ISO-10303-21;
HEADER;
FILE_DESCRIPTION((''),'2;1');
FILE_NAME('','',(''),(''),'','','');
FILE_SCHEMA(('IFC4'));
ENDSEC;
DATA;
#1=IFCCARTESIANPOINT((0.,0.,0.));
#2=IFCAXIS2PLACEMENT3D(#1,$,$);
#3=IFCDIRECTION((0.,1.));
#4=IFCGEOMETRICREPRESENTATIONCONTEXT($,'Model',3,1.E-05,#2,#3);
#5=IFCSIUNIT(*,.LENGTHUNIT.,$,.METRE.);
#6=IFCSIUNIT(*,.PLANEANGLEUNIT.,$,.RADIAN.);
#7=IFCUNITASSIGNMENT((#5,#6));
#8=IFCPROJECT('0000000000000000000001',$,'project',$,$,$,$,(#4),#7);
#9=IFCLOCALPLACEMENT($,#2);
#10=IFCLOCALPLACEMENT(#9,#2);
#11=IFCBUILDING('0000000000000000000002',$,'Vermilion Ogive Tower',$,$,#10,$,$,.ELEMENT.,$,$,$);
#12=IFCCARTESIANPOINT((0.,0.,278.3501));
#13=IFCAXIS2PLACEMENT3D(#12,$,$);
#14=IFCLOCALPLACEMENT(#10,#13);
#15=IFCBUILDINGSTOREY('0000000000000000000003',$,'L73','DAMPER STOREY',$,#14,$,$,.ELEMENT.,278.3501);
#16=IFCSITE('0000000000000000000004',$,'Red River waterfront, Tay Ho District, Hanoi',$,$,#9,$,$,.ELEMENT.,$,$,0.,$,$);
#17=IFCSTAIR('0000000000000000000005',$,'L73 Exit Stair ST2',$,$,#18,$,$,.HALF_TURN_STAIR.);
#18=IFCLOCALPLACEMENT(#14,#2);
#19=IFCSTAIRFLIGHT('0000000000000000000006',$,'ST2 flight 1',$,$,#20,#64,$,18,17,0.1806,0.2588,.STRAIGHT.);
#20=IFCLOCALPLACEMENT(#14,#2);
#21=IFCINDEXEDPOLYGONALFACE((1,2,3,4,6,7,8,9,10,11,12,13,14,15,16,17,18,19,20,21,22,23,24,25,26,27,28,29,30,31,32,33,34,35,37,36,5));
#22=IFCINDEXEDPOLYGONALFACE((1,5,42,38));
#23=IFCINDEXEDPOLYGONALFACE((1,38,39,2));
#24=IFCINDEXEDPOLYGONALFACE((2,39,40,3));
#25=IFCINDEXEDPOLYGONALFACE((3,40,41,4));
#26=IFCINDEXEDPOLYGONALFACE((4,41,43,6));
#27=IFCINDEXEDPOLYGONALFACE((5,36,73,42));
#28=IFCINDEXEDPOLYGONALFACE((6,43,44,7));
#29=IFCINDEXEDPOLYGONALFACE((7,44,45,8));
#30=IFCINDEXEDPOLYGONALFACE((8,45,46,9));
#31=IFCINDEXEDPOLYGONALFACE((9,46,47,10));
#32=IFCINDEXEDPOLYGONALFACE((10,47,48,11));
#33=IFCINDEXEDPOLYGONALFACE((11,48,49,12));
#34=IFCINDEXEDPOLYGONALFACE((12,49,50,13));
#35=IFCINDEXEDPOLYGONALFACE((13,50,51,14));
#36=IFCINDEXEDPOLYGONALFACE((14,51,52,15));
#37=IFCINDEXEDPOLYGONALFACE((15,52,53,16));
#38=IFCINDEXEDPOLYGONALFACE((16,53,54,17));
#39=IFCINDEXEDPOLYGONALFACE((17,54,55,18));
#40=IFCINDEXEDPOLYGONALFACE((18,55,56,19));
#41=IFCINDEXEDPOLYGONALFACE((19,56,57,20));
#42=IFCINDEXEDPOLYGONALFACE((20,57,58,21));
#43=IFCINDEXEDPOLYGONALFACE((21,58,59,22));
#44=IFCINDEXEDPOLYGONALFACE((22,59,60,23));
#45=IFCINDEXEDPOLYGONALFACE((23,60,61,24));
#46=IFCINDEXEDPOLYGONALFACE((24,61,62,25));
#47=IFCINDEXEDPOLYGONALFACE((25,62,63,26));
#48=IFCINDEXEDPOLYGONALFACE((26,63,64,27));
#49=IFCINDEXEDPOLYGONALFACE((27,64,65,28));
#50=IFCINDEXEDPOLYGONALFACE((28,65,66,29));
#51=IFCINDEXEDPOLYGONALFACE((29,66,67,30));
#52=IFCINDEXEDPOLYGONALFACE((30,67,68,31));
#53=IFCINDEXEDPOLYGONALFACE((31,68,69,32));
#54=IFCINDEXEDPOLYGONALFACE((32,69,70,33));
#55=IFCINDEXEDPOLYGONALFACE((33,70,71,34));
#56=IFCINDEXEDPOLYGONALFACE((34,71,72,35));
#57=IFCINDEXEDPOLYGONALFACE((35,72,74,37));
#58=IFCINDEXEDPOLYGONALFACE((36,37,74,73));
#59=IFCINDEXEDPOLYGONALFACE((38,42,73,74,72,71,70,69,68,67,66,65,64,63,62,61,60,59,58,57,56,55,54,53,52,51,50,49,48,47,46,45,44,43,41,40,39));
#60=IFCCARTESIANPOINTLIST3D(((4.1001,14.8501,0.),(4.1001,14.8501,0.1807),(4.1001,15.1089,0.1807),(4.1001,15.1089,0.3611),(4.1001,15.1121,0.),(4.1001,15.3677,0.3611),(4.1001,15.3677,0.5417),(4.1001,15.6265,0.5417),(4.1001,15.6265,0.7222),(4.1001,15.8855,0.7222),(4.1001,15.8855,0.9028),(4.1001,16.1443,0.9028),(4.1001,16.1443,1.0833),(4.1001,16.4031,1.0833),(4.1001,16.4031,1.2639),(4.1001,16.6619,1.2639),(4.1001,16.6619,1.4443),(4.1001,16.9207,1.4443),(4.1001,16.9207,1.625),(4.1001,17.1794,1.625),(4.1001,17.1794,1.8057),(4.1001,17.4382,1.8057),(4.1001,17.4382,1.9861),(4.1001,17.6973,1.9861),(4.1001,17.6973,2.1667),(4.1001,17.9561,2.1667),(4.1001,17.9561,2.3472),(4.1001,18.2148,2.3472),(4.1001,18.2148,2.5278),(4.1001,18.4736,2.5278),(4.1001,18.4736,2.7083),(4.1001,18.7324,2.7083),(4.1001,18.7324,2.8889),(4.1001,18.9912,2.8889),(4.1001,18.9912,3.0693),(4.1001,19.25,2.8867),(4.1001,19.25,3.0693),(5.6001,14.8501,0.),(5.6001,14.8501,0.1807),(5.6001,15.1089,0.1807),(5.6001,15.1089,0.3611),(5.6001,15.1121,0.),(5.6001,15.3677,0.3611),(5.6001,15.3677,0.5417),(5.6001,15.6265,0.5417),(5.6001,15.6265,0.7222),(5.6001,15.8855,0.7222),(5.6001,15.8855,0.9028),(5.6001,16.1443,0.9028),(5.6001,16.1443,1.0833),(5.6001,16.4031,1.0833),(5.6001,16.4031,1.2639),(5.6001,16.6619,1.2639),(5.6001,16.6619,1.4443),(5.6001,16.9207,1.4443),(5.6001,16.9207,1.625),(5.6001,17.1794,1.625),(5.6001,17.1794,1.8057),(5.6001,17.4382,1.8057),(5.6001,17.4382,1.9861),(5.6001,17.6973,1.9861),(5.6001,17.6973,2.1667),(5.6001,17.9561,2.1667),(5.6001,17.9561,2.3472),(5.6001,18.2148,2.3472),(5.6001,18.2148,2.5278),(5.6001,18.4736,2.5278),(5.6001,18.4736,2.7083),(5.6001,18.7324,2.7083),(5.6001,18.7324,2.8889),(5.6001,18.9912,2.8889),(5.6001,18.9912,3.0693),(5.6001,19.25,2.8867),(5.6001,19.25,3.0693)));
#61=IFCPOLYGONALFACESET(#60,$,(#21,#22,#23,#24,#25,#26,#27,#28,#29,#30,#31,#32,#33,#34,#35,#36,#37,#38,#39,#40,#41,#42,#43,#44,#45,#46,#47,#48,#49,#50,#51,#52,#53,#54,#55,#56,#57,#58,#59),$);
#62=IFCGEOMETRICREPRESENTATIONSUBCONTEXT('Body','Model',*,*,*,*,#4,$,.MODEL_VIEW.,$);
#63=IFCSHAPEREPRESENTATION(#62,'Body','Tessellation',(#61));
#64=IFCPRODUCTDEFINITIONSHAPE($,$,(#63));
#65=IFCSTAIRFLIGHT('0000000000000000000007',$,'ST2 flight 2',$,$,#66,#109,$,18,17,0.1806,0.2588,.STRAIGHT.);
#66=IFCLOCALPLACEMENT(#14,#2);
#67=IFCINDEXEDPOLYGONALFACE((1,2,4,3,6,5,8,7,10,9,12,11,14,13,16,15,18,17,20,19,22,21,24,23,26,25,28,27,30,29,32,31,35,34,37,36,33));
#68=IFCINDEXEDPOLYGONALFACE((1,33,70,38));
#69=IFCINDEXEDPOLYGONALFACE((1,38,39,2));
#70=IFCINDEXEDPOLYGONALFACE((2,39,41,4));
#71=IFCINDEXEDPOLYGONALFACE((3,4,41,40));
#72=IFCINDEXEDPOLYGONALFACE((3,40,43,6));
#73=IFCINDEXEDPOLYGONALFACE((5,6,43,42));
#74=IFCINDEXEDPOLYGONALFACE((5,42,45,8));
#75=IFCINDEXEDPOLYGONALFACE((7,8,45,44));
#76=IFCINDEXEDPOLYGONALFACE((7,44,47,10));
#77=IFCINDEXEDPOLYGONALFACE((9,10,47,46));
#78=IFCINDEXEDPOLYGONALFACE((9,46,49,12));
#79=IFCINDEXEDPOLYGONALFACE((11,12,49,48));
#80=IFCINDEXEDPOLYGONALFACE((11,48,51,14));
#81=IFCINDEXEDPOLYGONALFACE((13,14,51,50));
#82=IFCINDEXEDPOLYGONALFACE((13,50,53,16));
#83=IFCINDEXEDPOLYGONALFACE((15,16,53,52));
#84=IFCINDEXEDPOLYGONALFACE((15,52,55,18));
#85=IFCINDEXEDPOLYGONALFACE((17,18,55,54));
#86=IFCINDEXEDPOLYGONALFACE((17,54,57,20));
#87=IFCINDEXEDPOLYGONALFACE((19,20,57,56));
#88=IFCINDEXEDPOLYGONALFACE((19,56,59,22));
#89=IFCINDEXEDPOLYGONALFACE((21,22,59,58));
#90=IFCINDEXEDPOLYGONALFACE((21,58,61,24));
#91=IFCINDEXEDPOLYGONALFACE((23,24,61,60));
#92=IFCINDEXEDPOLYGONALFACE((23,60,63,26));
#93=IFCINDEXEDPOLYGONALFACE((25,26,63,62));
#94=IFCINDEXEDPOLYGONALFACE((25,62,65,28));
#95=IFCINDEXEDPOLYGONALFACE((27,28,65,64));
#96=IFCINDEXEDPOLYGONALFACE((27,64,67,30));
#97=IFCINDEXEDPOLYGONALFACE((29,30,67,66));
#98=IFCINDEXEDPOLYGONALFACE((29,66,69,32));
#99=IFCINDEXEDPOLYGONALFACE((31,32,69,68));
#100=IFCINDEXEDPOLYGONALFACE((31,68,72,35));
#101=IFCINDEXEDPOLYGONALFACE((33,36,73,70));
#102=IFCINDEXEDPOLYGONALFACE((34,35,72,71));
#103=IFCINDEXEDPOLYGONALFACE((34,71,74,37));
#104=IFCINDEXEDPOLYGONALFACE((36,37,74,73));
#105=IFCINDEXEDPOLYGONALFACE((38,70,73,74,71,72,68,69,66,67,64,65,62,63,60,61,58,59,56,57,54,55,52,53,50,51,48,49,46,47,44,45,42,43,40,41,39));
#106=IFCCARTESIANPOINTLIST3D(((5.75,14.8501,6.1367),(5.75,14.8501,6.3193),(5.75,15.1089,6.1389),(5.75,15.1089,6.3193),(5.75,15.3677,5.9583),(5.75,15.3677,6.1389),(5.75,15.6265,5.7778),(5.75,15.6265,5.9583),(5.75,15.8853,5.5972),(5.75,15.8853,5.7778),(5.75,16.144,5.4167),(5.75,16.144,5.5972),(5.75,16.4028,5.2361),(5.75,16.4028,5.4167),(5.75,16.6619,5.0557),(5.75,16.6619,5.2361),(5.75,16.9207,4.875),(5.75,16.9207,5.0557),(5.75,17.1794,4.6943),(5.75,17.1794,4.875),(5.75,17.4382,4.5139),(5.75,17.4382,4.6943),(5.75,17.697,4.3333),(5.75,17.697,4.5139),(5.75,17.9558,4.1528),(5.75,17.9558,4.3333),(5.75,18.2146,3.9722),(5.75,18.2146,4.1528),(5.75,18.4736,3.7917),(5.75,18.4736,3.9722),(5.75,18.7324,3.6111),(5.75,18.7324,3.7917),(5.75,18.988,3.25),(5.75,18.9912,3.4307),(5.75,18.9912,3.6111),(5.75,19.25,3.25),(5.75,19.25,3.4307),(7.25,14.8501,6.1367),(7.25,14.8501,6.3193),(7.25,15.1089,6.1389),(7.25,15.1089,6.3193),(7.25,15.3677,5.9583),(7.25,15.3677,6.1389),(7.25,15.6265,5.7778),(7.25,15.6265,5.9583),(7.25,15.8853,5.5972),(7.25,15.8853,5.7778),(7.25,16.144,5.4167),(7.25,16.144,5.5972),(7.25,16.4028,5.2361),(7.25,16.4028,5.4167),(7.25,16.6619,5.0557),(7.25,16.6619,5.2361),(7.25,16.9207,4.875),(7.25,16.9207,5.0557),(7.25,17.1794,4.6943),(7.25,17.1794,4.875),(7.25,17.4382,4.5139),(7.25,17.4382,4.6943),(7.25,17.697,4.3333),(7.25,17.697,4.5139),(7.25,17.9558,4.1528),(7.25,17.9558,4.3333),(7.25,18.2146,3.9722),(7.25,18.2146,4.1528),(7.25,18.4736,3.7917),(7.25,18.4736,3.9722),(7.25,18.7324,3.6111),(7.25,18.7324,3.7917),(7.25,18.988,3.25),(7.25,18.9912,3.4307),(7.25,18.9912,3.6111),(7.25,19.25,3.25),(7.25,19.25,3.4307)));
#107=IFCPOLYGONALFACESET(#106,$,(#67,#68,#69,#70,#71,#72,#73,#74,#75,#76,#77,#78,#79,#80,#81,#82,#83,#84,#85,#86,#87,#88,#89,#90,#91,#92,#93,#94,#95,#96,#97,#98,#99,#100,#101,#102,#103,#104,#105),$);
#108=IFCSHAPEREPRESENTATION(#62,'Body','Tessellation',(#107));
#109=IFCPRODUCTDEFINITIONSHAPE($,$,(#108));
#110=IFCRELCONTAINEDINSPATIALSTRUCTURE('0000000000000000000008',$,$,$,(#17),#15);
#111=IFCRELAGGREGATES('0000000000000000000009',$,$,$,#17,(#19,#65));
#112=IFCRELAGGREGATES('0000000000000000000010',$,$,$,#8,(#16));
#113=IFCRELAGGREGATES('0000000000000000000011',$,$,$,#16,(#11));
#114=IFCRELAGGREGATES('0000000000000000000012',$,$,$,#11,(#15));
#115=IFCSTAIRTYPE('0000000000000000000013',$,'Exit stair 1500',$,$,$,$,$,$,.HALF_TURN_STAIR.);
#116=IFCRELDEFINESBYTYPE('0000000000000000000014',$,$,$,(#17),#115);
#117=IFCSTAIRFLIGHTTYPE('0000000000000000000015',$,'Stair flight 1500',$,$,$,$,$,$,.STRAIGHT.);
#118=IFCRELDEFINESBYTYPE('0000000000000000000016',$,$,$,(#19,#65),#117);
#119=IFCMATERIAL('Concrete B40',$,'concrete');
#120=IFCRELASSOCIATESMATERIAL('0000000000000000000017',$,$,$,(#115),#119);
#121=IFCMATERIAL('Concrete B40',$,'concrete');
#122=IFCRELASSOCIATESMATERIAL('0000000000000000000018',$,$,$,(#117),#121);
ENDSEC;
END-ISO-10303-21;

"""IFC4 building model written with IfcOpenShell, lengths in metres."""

from ifc_helpers import new_model, si_unit, direction, frame, origin, place, context, subcontext, project, spatial, polyline, outline, extrude, material, type_object, element, aggregate, save


model = new_model("IFC4")

# Units and contexts
model_context = context("Model", 3, precision=1e-05, world=origin(), true_north=direction((0.0, 1.0)))
body_context = subcontext(model_context, "Body", "Model", "MODEL_VIEW")
ifc_project = project(units=[si_unit("LENGTHUNIT", "METRE"), si_unit("PLANEANGLEUNIT", "RADIAN")], contexts=[model_context])

# Site, building, storey
site_placement = place(None, origin())
site = spatial("IfcSite", under=ifc_project, at=site_placement, Name="Red River waterfront, Tay Ho District, Hanoi", CompositionType="ELEMENT", RefElevation=0.0)
building_placement = place(site_placement, origin())
building = spatial("IfcBuilding", under=site, at=building_placement, Name="Vermilion Ogive Tower", CompositionType="ELEMENT")
storey_placement = place(building_placement, frame((0.0, 0.0, 278.3501)))
storey = spatial("IfcBuildingStorey", under=building, at=storey_placement, Name="L73", Description="DAMPER STOREY", CompositionType="ELEMENT", Elevation=278.3501)

# Stair, stair flights
ifc_material_1 = material(Name="Concrete B40", Category="concrete")
stair_type = type_object("IfcStairType", Name="Exit stair 1500", PredefinedType="HALF_TURN_STAIR", material=ifc_material_1)
stair_placement = place(storey_placement, origin())
stair = element("IfcStair", 1, at=stair_placement, inside=storey, type_object=stair_type, Name="L73 Exit Stair ST2", PredefinedType="HALF_TURN_STAIR")
ifc_material_2 = material(Name="Concrete B40", Category="concrete")
stair_flight_type = type_object("IfcStairFlightType", Name="Stair flight 1500", PredefinedType="STRAIGHT", material=ifc_material_2)
stair_flight_1_placement = place(storey_placement, frame((4.8501, 14.8501, 0.0), z_axis=(0.0, 0.0, 1.0), x_axis=(0.0, 1.0, 0.0)))
stair_flight_1 = element("IfcStairFlight", 2, at=stair_flight_1_placement, type_object=stair_flight_type, Name="ST2 flight 1", NumberOfRisers=18, NumberOfTreads=17, PredefinedType="STRAIGHT", RiserHeight=0.1806, TreadLength=0.2588, context=body_context, shape_type="SweptSolid", body=[
    extrude(outline(polyline([(0.0, 0.0), (0.0, 0.1807), (0.2588, 0.1807), (0.2588, 0.3611), (0.5176, 0.3611), (0.5176, 0.5417), (0.7764, 0.5417), (0.7764, 0.7222), (1.0354, 0.7222), (1.0354, 0.9028), (1.2942, 0.9028), (1.2942, 1.0833), (1.553, 1.0833), (1.553, 1.2639), (1.8118, 1.2639), (1.8118, 1.4443), (2.0706, 1.4443), (2.0706, 1.625), (2.3293, 1.625), (2.3293, 1.8057), (2.5881, 1.8057), (2.5881, 1.9861), (2.8472, 1.9861), (2.8472, 2.1667), (3.106, 2.1667), (3.106, 2.3472), (3.3647, 2.3472), (3.3647, 2.5278), (3.6235, 2.5278), (3.6235, 2.7083), (3.8823, 2.7083), (3.8823, 2.8889), (4.1411, 2.8889), (4.1411, 3.0693), (4.3999, 3.0693), (4.3999, 3.25), (4.3999, 2.8867), (0.262, 0.0), (0.0, 0.0)])), frame((0.0, 0.75, 0.0), z_axis=(0.0, -1.0, 0.0), x_axis=(1.0, 0.0, 0.0)), (0.0, 0.0, 1.0), 1.5),
])
stair_flight_2_placement = place(storey_placement, frame((6.5, 19.25, 3.25), z_axis=(0.0, 0.0, 1.0), x_axis=(0.0, -1.0, 0.0)))
stair_flight_2 = element("IfcStairFlight", 3, at=stair_flight_2_placement, type_object=stair_flight_type, Name="ST2 flight 2", NumberOfRisers=18, NumberOfTreads=17, PredefinedType="STRAIGHT", RiserHeight=0.1806, TreadLength=0.2588, context=body_context, shape_type="SweptSolid", body=[
    extrude(outline(polyline([(0.0, 0.0), (0.0, 0.1807), (0.2588, 0.1807), (0.2588, 0.3611), (0.5176, 0.3611), (0.5176, 0.5417), (0.7764, 0.5417), (0.7764, 0.7222), (1.0354, 0.7222), (1.0354, 0.9028), (1.2942, 0.9028), (1.2942, 1.0833), (1.553, 1.0833), (1.553, 1.2639), (1.8118, 1.2639), (1.8118, 1.4443), (2.0706, 1.4443), (2.0706, 1.625), (2.3293, 1.625), (2.3293, 1.8057), (2.5881, 1.8057), (2.5881, 1.9861), (2.8472, 1.9861), (2.8472, 2.1667), (3.106, 2.1667), (3.106, 2.3472), (3.3647, 2.3472), (3.3647, 2.5278), (3.6235, 2.5278), (3.6235, 2.7083), (3.8823, 2.7083), (3.8823, 2.8889), (4.1411, 2.8889), (4.1411, 3.0693), (4.3999, 3.0693), (4.3999, 3.25), (4.3999, 2.8867), (0.262, 0.0), (0.0, 0.0)])), frame((0.0, 0.75, 0.0), z_axis=(0.0, -1.0, 0.0), x_axis=(1.0, 0.0, 0.0)), (0.0, 0.0, 1.0), 1.5),
])
aggregate(stair, [stair_flight_1, stair_flight_2])

save(model, "model.ifc")
